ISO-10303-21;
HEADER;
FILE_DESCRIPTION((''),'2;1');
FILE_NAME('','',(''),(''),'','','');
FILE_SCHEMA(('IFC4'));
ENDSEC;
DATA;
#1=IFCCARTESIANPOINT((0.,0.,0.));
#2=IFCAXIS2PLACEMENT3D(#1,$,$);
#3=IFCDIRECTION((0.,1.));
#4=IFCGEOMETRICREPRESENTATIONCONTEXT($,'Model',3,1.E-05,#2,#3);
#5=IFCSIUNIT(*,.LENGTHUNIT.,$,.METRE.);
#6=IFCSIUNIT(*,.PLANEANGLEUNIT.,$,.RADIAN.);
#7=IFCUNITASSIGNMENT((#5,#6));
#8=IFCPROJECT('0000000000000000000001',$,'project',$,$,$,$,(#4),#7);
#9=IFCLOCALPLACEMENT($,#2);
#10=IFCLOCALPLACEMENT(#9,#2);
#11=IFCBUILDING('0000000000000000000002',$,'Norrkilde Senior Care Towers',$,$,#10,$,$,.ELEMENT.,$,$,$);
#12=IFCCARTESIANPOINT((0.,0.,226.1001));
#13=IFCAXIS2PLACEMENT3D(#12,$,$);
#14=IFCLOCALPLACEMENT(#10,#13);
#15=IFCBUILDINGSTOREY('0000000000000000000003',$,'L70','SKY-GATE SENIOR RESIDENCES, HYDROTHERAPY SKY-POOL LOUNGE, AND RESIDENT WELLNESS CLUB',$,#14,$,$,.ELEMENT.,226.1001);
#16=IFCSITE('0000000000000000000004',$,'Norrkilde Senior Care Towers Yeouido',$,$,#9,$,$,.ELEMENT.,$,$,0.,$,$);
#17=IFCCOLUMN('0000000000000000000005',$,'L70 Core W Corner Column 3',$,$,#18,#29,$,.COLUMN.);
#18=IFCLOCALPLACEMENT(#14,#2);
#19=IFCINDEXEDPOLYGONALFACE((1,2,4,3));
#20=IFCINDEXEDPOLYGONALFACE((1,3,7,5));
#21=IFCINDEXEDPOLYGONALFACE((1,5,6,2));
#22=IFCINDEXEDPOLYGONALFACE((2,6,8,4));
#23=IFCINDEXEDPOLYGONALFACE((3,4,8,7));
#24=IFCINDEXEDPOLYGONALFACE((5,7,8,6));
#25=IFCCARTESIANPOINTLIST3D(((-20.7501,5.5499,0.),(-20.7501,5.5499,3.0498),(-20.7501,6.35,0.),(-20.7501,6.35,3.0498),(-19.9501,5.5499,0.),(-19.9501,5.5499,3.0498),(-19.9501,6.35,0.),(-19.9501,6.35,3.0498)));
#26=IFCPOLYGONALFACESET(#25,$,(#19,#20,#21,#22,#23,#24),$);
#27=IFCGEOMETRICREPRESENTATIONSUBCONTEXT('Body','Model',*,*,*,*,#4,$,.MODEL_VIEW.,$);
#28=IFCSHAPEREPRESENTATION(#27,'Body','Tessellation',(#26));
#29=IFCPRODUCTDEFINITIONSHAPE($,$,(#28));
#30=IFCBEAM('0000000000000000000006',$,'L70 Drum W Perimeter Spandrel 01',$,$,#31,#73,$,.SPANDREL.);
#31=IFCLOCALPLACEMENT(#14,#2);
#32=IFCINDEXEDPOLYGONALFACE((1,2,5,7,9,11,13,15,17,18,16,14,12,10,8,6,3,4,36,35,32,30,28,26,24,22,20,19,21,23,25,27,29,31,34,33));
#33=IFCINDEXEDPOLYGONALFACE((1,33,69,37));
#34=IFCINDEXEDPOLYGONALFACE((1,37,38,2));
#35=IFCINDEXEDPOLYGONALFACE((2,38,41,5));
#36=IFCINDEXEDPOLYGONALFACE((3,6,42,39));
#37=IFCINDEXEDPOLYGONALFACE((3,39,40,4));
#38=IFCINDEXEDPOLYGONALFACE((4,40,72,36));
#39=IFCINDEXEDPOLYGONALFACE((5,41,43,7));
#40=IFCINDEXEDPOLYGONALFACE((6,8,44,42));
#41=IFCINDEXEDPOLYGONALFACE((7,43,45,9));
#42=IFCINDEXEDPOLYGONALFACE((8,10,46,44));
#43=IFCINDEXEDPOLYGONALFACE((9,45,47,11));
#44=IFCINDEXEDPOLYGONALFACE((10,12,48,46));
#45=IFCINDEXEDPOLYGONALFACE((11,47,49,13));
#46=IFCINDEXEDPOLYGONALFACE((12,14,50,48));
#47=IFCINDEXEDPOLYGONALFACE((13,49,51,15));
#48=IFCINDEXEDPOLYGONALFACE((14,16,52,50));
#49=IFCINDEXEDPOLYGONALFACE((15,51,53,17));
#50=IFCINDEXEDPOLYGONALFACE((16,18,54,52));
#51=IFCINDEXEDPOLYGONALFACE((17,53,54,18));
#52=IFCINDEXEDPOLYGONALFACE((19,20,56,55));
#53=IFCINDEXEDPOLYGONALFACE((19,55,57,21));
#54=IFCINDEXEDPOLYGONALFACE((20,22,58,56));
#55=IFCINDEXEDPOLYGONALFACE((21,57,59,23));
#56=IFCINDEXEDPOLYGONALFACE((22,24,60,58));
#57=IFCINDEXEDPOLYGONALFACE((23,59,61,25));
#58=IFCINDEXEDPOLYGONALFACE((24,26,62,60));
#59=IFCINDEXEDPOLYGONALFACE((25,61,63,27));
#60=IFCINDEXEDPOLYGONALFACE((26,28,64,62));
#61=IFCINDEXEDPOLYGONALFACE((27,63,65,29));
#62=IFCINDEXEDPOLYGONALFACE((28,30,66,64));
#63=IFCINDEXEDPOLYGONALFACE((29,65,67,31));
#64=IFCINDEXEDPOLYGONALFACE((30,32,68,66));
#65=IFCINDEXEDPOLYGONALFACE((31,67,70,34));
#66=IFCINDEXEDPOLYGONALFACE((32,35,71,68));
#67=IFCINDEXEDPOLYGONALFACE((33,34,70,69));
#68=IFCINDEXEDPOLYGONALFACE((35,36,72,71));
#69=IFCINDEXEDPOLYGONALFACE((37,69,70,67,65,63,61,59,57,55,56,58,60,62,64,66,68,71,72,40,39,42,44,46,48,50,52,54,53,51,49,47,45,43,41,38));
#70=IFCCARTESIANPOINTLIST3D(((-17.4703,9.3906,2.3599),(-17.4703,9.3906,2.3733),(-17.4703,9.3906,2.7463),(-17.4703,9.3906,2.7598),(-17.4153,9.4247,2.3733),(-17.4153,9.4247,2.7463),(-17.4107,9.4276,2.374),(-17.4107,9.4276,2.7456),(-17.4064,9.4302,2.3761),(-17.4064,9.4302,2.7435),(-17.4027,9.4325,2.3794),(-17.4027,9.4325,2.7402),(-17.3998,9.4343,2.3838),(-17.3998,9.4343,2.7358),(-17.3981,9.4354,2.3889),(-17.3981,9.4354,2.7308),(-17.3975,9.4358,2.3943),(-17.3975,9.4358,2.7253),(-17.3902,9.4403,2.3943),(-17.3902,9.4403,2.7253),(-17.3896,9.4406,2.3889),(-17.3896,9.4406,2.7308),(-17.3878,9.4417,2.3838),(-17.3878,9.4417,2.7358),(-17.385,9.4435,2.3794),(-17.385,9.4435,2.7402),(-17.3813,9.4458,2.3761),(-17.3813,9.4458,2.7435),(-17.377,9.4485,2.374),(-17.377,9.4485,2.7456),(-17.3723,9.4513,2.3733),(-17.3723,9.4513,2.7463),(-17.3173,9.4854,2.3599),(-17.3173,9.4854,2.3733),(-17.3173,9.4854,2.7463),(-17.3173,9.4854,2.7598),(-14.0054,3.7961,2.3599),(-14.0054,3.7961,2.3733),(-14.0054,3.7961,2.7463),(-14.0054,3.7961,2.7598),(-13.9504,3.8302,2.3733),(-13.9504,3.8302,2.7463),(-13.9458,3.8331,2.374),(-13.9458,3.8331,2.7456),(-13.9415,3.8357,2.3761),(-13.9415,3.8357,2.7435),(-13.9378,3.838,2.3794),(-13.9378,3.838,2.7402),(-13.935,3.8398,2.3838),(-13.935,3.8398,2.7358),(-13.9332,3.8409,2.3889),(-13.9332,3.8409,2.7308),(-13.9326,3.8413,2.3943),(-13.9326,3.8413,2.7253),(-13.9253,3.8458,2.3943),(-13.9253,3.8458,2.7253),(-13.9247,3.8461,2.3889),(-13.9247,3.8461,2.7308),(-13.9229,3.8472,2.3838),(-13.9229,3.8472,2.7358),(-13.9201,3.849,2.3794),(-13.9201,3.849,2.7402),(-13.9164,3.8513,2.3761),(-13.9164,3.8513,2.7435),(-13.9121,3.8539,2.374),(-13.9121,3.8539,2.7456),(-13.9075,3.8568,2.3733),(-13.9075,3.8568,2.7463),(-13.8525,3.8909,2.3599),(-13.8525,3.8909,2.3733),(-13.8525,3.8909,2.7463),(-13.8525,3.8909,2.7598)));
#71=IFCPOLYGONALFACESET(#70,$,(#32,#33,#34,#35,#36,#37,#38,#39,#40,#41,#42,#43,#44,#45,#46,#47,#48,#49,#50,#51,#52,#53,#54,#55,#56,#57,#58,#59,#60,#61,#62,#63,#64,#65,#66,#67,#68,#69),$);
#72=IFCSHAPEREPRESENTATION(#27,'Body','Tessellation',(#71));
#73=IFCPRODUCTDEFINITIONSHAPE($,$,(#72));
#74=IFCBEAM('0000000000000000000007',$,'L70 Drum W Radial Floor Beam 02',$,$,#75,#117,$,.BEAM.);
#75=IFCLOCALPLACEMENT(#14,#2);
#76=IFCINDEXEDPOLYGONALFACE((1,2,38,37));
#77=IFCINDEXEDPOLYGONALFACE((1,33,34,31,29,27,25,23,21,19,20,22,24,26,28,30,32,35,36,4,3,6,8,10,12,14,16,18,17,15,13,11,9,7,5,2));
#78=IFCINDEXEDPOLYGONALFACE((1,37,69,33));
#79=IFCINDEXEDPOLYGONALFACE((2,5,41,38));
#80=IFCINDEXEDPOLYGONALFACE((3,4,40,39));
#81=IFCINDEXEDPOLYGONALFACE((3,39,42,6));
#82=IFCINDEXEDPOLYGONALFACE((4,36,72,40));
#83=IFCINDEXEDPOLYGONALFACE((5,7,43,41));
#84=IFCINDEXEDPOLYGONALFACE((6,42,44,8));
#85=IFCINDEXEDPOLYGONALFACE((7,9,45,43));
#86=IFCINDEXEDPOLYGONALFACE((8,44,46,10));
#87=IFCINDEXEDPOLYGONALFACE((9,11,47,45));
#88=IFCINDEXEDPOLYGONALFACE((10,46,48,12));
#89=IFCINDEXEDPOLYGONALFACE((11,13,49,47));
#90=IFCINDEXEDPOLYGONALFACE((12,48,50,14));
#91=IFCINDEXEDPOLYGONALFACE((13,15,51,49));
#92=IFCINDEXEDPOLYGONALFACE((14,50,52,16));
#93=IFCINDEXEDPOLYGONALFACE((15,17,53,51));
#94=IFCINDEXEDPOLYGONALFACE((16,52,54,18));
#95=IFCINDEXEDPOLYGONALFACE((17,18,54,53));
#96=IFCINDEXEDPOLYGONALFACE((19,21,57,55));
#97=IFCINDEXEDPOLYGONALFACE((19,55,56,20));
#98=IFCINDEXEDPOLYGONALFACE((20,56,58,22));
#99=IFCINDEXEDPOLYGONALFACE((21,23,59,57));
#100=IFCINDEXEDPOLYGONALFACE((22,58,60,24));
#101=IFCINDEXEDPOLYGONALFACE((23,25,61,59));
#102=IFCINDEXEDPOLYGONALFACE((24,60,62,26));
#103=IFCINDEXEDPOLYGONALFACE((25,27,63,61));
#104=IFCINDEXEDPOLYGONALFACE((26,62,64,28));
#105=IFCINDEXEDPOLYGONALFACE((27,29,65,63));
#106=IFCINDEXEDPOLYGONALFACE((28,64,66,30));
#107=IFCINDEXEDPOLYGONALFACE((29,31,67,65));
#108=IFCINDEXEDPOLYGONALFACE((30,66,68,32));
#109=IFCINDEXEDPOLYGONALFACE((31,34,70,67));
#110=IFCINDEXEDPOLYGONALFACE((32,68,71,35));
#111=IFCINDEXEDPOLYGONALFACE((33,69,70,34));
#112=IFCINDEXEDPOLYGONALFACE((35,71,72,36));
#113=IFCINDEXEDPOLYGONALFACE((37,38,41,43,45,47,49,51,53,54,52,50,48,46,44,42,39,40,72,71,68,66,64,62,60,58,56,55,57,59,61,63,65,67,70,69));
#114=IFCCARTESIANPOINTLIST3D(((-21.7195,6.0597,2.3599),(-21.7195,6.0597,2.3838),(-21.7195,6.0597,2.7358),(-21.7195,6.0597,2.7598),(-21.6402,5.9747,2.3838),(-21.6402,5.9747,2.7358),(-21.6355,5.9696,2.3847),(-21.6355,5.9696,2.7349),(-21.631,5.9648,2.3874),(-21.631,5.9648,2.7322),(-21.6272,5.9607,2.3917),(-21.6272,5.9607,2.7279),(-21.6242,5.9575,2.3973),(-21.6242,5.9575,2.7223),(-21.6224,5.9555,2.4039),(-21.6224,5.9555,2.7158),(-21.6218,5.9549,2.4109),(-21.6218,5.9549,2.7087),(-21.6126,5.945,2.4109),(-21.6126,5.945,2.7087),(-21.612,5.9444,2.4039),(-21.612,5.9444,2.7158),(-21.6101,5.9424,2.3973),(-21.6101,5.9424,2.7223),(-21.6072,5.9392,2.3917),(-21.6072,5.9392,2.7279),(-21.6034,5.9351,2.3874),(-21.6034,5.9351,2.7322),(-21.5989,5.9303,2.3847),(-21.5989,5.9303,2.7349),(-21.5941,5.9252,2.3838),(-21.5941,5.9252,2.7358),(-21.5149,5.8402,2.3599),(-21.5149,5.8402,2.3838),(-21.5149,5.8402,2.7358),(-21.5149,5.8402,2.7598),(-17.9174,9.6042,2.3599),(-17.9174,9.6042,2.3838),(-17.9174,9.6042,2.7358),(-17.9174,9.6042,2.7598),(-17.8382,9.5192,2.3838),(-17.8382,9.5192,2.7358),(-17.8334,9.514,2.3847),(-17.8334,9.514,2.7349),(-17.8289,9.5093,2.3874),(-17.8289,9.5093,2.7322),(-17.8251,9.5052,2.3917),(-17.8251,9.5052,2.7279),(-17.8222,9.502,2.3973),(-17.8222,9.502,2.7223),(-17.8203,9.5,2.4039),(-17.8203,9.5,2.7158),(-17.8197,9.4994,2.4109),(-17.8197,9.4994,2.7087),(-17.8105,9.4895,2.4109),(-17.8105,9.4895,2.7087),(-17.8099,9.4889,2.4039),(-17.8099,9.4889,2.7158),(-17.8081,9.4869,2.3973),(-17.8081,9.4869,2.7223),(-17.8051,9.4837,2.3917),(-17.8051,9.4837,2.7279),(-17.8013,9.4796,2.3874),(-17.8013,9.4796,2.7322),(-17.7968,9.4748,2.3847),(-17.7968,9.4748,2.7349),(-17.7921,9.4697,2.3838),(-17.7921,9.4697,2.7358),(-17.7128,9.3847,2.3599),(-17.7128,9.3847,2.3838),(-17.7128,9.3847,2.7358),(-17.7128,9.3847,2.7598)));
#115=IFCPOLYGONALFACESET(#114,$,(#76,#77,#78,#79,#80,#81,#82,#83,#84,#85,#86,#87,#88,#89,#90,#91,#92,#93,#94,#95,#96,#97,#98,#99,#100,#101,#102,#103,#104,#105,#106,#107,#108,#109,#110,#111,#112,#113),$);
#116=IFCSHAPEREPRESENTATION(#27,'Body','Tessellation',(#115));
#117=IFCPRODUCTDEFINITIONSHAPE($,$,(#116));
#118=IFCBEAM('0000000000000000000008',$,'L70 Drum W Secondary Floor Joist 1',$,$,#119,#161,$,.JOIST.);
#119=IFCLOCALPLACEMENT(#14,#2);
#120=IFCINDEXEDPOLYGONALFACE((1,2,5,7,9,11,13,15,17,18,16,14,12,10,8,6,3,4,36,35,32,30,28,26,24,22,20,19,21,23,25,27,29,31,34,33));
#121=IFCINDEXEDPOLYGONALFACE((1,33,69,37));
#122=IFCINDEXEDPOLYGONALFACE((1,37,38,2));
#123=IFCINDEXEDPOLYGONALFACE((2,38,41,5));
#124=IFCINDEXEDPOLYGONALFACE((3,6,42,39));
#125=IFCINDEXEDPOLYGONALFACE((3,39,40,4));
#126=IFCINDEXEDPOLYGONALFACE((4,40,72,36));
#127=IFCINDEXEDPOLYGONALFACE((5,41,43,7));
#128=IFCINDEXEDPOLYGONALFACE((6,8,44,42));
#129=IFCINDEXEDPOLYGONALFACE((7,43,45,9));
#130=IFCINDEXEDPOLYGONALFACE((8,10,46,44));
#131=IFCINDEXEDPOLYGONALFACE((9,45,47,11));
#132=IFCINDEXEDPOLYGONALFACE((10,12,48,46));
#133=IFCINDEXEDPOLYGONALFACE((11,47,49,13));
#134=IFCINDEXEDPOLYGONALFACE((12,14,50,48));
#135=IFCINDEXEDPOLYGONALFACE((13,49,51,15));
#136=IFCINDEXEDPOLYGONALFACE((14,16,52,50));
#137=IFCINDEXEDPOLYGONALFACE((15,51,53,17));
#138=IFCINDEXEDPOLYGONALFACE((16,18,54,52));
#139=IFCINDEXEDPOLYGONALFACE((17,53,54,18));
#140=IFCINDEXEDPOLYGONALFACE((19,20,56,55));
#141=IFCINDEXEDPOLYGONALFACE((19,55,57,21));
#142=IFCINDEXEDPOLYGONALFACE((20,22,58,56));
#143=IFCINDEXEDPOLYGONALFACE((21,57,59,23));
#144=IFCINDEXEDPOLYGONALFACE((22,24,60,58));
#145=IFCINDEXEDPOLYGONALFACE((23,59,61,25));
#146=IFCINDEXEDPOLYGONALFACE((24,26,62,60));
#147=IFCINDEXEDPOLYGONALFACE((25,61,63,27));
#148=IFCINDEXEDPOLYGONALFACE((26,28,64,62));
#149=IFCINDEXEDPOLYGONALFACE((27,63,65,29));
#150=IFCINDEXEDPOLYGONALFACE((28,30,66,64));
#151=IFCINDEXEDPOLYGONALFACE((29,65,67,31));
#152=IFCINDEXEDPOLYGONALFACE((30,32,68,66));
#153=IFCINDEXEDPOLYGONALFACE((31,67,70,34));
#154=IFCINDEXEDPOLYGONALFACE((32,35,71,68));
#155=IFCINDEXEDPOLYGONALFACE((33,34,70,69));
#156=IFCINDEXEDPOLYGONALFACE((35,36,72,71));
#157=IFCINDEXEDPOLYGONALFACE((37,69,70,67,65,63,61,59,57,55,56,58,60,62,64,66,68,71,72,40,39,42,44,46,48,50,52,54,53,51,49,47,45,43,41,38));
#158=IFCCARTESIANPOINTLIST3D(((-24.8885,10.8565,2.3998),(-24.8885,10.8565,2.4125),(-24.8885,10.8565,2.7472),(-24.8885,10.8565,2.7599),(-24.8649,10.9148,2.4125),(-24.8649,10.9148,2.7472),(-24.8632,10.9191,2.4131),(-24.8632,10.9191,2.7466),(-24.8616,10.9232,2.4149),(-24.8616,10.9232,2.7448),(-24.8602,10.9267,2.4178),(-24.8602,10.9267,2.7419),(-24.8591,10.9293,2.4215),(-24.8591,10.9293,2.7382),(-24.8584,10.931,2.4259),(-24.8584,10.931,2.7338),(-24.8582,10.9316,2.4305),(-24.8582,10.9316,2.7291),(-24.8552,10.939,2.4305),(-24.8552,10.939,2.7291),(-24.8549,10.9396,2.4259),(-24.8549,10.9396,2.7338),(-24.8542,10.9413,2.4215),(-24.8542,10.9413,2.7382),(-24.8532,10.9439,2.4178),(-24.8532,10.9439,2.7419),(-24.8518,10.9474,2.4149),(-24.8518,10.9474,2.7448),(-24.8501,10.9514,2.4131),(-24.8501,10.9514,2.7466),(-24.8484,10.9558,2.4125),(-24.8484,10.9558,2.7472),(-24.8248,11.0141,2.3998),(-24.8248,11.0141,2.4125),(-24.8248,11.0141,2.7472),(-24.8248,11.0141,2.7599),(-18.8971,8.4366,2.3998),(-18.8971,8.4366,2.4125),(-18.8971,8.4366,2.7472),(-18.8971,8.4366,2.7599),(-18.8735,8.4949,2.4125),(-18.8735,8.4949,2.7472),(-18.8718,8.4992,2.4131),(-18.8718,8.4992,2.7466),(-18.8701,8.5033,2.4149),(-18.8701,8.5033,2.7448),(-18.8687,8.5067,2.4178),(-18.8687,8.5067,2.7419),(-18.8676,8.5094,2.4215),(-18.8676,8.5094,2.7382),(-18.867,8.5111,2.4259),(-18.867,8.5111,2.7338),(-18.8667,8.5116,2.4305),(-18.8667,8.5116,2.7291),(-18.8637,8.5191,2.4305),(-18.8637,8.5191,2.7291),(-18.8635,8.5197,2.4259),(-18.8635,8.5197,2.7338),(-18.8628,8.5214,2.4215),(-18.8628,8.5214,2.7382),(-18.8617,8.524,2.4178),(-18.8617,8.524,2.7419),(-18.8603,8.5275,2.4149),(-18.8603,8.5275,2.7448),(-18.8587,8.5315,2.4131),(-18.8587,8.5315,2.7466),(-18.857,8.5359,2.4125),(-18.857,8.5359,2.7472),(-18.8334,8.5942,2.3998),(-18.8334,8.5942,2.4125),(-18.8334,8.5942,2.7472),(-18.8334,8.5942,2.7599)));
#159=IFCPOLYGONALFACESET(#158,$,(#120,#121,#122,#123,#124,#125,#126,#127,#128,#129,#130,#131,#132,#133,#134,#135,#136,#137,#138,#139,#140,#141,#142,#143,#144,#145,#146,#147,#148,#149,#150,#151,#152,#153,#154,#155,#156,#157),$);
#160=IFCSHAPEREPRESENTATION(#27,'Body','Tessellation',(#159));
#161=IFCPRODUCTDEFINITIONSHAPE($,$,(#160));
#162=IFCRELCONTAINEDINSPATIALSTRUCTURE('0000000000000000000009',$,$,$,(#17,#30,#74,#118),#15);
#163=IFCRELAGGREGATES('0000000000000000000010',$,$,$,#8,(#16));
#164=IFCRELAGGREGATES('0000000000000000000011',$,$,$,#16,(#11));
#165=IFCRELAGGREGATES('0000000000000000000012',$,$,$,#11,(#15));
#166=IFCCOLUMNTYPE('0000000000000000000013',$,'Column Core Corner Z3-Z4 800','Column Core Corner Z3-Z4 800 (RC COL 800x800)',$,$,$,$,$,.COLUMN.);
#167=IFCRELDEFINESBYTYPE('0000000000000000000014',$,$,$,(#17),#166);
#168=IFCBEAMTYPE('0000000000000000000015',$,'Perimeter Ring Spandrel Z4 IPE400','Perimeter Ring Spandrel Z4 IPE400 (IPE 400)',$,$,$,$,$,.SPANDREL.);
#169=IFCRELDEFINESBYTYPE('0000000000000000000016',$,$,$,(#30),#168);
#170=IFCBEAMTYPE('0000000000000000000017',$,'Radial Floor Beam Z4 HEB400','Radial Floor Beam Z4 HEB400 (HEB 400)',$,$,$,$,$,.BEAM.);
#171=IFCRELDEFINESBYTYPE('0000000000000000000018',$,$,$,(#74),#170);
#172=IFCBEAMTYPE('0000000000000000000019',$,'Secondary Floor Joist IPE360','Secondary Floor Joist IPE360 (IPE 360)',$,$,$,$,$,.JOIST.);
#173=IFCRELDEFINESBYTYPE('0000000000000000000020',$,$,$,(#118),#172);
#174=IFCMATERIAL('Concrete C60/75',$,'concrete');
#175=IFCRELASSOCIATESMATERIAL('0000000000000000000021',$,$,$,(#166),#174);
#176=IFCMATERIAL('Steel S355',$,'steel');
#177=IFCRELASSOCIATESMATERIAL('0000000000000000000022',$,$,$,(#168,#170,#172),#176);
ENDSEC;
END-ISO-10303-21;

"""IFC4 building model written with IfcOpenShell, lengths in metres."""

from ifc_helpers import new_model, si_unit, direction, frame, origin, origin_2d, place, context, subcontext, project, spatial, rectangle, i_section, extrude, source, transform, mapped, material, material_profile, profile_set, type_object, type_shapes, element, save


model = new_model("IFC4")

# Units and contexts
model_context = context("Model", 3, precision=1e-05, world=origin(), true_north=direction((0.0, 1.0)))
body_context = subcontext(model_context, "Body", "Model", "MODEL_VIEW")
ifc_project = project(units=[si_unit("LENGTHUNIT", "METRE"), si_unit("PLANEANGLEUNIT", "RADIAN")], contexts=[model_context])

# Site, building, storey
site_placement = place(None, origin())
site = spatial("IfcSite", under=ifc_project, at=site_placement, Name="Norrkilde Senior Care Towers Yeouido", CompositionType="ELEMENT", RefElevation=0.0)
building_placement = place(site_placement, origin())
building = spatial("IfcBuilding", under=site, at=building_placement, Name="Norrkilde Senior Care Towers", CompositionType="ELEMENT")
storey_placement = place(building_placement, frame((0.0, 0.0, 226.1001)))
storey = spatial("IfcBuildingStorey", under=building, at=storey_placement, Name="L70", Description="SKY-GATE SENIOR RESIDENCES, HYDROTHERAPY SKY-POOL LOUNGE, AND RESIDENT WELLNESS CLUB", CompositionType="ELEMENT", Elevation=226.1001)

# Column
ifc_material_1 = material(Name="Concrete C60/75", Category="concrete")
ifc_material_profile_1 = material_profile(ifc_material_1, rectangle(XDim=0.8, YDim=0.8, at=origin_2d()), Name="RC COL 800x800")
ifc_profile_set_1 = profile_set([ifc_material_profile_1], Name="Concrete C60/75")
column_type = type_object("IfcColumnType", Name="Column Core Corner Z3-Z4 800", Description="Column Core Corner Z3-Z4 800 (RC COL 800x800)", PredefinedType="COLUMN", material=ifc_profile_set_1)
shared_shape_1 = source(origin(), body_context, "Body", "SweptSolid", [
    extrude(rectangle(XDim=0.8, YDim=0.8, at=origin_2d()), origin(), (0.0, 0.0, 1.0), 3.0498),
])
type_shapes(column_type, [shared_shape_1])
column_placement = place(storey_placement, frame((-20.3501, 5.95, 0.0), z_axis=(0.0, 0.0, 1.0), x_axis=(1.0, 0.0, 0.0)))
element("IfcColumn", 1, at=column_placement, inside=storey, type_object=column_type, Name="L70 Core W Corner Column 3", PredefinedType="COLUMN", context=body_context, shape_type="MappedRepresentation", body=[
    mapped(shared_shape_1, transform((0.0, 0.0, 0.0), x_axis=(1.0, 0.0, 0.0), y_axis=(0.0, 1.0, 0.0), z_axis=(0.0, 0.0, 1.0), scale=1.0)),
])

# Beams
ifc_material_2 = material(Name="Steel S355", Category="steel")
ifc_material_profile_2 = material_profile(ifc_material_2, i_section(OverallWidth=0.1799, OverallDepth=0.3999, WebThickness=0.0085, FlangeThickness=0.0134, FilletRadius=0.021, at=origin_2d()), Name="IPE 400")
ifc_profile_set_2 = profile_set([ifc_material_profile_2], Name="Steel S355")
beam_type_1 = type_object("IfcBeamType", Name="Perimeter Ring Spandrel Z4 IPE400", Description="Perimeter Ring Spandrel Z4 IPE400 (IPE 400)", PredefinedType="SPANDREL", material=ifc_profile_set_2)
shared_shape_2 = source(origin(), body_context, "Body", "SweptSolid", [
    extrude(i_section(OverallWidth=0.1799, OverallDepth=0.3999, WebThickness=0.0085, FlangeThickness=0.0134, FilletRadius=0.021, at=origin_2d()), origin(), (0.0, 0.0, 1.0), 6.5806),
])
type_shapes(beam_type_1, [shared_shape_2])
beam_1_placement = place(storey_placement, frame((-13.929, 3.8435, 2.5598), z_axis=(-0.52653, 0.850157, 0.0), x_axis=(-0.850157, -0.52653, 0.0)))
element("IfcBeam", 2, at=beam_1_placement, inside=storey, type_object=beam_type_1, Name="L70 Drum W Perimeter Spandrel 01", PredefinedType="SPANDREL", context=body_context, shape_type="MappedRepresentation", body=[
    mapped(shared_shape_2, transform((0.0, 0.0, 0.0), x_axis=(1.0, 0.0, 0.0), y_axis=(0.0, 1.0, 0.0), z_axis=(0.0, 0.0, 1.0), scale=1.0)),
])
ifc_material_profile_3 = material_profile(ifc_material_2, i_section(OverallWidth=0.3, OverallDepth=0.3999, WebThickness=0.0134, FlangeThickness=0.0239, FilletRadius=0.0271, at=origin_2d()), Name="HEB 400")
ifc_profile_set_3 = profile_set([ifc_material_profile_3], Name="Steel S355")
beam_type_2 = type_object("IfcBeamType", Name="Radial Floor Beam Z4 HEB400", Description="Radial Floor Beam Z4 HEB400 (HEB 400)", PredefinedType="BEAM", material=ifc_profile_set_3)
shared_shape_3 = source(origin(), body_context, "Body", "SweptSolid", [
    extrude(i_section(OverallWidth=0.3, OverallDepth=0.3999, WebThickness=0.0134, FlangeThickness=0.0239, FilletRadius=0.0271, at=origin_2d()), origin(), (0.0, 0.0, 1.0), 5.198),
])
beam_2_placement = place(storey_placement, frame((-21.6172, 5.95, 2.5598), z_axis=(0.731449, 0.681896, 0.0), x_axis=(-0.681896, 0.731449, 0.0)))
element("IfcBeam", 3, at=beam_2_placement, inside=storey, type_object=beam_type_2, Name="L70 Drum W Radial Floor Beam 02", PredefinedType="BEAM", context=body_context, shape_type="MappedRepresentation", body=[
    mapped(shared_shape_3, transform((0.0, 0.0, 0.0), x_axis=(1.0, 0.0, 0.0), y_axis=(0.0, 1.0, 0.0), z_axis=(0.0, 0.0, 1.0), scale=1.0)),
])
ifc_material_profile_4 = material_profile(ifc_material_2, i_section(OverallWidth=0.1699, OverallDepth=0.3601, WebThickness=0.0081, FlangeThickness=0.0127, FilletRadius=0.0181, at=origin_2d()), Name="IPE 360")
ifc_profile_set_4 = profile_set([ifc_material_profile_4], Name="Steel S355")
beam_type_3 = type_object("IfcBeamType", Name="Secondary Floor Joist IPE360", Description="Secondary Floor Joist IPE360 (IPE 360)", PredefinedType="JOIST", material=ifc_profile_set_4)
shared_shape_4 = source(origin(), body_context, "Body", "SweptSolid", [
    extrude(i_section(OverallWidth=0.1699, OverallDepth=0.3601, WebThickness=0.0081, FlangeThickness=0.0127, FilletRadius=0.0181, at=origin_2d()), origin(), (0.0, 0.0, 1.0), 6.4617),
])
type_shapes(beam_type_3, [shared_shape_4])
beam_3_placement = place(storey_placement, frame((-18.8652, 8.5154, 2.5798), z_axis=(-0.927226, 0.374502, 0.0), x_axis=(-0.374502, -0.927226, 0.0)))
element("IfcBeam", 4, at=beam_3_placement, inside=storey, type_object=beam_type_3, Name="L70 Drum W Secondary Floor Joist 1", PredefinedType="JOIST", context=body_context, shape_type="MappedRepresentation", body=[
    mapped(shared_shape_4, transform((0.0, 0.0, 0.0), x_axis=(1.0, 0.0, 0.0), y_axis=(0.0, 1.0, 0.0), z_axis=(0.0, 0.0, 1.0), scale=1.0)),
])

save(model, "model.ifc")
